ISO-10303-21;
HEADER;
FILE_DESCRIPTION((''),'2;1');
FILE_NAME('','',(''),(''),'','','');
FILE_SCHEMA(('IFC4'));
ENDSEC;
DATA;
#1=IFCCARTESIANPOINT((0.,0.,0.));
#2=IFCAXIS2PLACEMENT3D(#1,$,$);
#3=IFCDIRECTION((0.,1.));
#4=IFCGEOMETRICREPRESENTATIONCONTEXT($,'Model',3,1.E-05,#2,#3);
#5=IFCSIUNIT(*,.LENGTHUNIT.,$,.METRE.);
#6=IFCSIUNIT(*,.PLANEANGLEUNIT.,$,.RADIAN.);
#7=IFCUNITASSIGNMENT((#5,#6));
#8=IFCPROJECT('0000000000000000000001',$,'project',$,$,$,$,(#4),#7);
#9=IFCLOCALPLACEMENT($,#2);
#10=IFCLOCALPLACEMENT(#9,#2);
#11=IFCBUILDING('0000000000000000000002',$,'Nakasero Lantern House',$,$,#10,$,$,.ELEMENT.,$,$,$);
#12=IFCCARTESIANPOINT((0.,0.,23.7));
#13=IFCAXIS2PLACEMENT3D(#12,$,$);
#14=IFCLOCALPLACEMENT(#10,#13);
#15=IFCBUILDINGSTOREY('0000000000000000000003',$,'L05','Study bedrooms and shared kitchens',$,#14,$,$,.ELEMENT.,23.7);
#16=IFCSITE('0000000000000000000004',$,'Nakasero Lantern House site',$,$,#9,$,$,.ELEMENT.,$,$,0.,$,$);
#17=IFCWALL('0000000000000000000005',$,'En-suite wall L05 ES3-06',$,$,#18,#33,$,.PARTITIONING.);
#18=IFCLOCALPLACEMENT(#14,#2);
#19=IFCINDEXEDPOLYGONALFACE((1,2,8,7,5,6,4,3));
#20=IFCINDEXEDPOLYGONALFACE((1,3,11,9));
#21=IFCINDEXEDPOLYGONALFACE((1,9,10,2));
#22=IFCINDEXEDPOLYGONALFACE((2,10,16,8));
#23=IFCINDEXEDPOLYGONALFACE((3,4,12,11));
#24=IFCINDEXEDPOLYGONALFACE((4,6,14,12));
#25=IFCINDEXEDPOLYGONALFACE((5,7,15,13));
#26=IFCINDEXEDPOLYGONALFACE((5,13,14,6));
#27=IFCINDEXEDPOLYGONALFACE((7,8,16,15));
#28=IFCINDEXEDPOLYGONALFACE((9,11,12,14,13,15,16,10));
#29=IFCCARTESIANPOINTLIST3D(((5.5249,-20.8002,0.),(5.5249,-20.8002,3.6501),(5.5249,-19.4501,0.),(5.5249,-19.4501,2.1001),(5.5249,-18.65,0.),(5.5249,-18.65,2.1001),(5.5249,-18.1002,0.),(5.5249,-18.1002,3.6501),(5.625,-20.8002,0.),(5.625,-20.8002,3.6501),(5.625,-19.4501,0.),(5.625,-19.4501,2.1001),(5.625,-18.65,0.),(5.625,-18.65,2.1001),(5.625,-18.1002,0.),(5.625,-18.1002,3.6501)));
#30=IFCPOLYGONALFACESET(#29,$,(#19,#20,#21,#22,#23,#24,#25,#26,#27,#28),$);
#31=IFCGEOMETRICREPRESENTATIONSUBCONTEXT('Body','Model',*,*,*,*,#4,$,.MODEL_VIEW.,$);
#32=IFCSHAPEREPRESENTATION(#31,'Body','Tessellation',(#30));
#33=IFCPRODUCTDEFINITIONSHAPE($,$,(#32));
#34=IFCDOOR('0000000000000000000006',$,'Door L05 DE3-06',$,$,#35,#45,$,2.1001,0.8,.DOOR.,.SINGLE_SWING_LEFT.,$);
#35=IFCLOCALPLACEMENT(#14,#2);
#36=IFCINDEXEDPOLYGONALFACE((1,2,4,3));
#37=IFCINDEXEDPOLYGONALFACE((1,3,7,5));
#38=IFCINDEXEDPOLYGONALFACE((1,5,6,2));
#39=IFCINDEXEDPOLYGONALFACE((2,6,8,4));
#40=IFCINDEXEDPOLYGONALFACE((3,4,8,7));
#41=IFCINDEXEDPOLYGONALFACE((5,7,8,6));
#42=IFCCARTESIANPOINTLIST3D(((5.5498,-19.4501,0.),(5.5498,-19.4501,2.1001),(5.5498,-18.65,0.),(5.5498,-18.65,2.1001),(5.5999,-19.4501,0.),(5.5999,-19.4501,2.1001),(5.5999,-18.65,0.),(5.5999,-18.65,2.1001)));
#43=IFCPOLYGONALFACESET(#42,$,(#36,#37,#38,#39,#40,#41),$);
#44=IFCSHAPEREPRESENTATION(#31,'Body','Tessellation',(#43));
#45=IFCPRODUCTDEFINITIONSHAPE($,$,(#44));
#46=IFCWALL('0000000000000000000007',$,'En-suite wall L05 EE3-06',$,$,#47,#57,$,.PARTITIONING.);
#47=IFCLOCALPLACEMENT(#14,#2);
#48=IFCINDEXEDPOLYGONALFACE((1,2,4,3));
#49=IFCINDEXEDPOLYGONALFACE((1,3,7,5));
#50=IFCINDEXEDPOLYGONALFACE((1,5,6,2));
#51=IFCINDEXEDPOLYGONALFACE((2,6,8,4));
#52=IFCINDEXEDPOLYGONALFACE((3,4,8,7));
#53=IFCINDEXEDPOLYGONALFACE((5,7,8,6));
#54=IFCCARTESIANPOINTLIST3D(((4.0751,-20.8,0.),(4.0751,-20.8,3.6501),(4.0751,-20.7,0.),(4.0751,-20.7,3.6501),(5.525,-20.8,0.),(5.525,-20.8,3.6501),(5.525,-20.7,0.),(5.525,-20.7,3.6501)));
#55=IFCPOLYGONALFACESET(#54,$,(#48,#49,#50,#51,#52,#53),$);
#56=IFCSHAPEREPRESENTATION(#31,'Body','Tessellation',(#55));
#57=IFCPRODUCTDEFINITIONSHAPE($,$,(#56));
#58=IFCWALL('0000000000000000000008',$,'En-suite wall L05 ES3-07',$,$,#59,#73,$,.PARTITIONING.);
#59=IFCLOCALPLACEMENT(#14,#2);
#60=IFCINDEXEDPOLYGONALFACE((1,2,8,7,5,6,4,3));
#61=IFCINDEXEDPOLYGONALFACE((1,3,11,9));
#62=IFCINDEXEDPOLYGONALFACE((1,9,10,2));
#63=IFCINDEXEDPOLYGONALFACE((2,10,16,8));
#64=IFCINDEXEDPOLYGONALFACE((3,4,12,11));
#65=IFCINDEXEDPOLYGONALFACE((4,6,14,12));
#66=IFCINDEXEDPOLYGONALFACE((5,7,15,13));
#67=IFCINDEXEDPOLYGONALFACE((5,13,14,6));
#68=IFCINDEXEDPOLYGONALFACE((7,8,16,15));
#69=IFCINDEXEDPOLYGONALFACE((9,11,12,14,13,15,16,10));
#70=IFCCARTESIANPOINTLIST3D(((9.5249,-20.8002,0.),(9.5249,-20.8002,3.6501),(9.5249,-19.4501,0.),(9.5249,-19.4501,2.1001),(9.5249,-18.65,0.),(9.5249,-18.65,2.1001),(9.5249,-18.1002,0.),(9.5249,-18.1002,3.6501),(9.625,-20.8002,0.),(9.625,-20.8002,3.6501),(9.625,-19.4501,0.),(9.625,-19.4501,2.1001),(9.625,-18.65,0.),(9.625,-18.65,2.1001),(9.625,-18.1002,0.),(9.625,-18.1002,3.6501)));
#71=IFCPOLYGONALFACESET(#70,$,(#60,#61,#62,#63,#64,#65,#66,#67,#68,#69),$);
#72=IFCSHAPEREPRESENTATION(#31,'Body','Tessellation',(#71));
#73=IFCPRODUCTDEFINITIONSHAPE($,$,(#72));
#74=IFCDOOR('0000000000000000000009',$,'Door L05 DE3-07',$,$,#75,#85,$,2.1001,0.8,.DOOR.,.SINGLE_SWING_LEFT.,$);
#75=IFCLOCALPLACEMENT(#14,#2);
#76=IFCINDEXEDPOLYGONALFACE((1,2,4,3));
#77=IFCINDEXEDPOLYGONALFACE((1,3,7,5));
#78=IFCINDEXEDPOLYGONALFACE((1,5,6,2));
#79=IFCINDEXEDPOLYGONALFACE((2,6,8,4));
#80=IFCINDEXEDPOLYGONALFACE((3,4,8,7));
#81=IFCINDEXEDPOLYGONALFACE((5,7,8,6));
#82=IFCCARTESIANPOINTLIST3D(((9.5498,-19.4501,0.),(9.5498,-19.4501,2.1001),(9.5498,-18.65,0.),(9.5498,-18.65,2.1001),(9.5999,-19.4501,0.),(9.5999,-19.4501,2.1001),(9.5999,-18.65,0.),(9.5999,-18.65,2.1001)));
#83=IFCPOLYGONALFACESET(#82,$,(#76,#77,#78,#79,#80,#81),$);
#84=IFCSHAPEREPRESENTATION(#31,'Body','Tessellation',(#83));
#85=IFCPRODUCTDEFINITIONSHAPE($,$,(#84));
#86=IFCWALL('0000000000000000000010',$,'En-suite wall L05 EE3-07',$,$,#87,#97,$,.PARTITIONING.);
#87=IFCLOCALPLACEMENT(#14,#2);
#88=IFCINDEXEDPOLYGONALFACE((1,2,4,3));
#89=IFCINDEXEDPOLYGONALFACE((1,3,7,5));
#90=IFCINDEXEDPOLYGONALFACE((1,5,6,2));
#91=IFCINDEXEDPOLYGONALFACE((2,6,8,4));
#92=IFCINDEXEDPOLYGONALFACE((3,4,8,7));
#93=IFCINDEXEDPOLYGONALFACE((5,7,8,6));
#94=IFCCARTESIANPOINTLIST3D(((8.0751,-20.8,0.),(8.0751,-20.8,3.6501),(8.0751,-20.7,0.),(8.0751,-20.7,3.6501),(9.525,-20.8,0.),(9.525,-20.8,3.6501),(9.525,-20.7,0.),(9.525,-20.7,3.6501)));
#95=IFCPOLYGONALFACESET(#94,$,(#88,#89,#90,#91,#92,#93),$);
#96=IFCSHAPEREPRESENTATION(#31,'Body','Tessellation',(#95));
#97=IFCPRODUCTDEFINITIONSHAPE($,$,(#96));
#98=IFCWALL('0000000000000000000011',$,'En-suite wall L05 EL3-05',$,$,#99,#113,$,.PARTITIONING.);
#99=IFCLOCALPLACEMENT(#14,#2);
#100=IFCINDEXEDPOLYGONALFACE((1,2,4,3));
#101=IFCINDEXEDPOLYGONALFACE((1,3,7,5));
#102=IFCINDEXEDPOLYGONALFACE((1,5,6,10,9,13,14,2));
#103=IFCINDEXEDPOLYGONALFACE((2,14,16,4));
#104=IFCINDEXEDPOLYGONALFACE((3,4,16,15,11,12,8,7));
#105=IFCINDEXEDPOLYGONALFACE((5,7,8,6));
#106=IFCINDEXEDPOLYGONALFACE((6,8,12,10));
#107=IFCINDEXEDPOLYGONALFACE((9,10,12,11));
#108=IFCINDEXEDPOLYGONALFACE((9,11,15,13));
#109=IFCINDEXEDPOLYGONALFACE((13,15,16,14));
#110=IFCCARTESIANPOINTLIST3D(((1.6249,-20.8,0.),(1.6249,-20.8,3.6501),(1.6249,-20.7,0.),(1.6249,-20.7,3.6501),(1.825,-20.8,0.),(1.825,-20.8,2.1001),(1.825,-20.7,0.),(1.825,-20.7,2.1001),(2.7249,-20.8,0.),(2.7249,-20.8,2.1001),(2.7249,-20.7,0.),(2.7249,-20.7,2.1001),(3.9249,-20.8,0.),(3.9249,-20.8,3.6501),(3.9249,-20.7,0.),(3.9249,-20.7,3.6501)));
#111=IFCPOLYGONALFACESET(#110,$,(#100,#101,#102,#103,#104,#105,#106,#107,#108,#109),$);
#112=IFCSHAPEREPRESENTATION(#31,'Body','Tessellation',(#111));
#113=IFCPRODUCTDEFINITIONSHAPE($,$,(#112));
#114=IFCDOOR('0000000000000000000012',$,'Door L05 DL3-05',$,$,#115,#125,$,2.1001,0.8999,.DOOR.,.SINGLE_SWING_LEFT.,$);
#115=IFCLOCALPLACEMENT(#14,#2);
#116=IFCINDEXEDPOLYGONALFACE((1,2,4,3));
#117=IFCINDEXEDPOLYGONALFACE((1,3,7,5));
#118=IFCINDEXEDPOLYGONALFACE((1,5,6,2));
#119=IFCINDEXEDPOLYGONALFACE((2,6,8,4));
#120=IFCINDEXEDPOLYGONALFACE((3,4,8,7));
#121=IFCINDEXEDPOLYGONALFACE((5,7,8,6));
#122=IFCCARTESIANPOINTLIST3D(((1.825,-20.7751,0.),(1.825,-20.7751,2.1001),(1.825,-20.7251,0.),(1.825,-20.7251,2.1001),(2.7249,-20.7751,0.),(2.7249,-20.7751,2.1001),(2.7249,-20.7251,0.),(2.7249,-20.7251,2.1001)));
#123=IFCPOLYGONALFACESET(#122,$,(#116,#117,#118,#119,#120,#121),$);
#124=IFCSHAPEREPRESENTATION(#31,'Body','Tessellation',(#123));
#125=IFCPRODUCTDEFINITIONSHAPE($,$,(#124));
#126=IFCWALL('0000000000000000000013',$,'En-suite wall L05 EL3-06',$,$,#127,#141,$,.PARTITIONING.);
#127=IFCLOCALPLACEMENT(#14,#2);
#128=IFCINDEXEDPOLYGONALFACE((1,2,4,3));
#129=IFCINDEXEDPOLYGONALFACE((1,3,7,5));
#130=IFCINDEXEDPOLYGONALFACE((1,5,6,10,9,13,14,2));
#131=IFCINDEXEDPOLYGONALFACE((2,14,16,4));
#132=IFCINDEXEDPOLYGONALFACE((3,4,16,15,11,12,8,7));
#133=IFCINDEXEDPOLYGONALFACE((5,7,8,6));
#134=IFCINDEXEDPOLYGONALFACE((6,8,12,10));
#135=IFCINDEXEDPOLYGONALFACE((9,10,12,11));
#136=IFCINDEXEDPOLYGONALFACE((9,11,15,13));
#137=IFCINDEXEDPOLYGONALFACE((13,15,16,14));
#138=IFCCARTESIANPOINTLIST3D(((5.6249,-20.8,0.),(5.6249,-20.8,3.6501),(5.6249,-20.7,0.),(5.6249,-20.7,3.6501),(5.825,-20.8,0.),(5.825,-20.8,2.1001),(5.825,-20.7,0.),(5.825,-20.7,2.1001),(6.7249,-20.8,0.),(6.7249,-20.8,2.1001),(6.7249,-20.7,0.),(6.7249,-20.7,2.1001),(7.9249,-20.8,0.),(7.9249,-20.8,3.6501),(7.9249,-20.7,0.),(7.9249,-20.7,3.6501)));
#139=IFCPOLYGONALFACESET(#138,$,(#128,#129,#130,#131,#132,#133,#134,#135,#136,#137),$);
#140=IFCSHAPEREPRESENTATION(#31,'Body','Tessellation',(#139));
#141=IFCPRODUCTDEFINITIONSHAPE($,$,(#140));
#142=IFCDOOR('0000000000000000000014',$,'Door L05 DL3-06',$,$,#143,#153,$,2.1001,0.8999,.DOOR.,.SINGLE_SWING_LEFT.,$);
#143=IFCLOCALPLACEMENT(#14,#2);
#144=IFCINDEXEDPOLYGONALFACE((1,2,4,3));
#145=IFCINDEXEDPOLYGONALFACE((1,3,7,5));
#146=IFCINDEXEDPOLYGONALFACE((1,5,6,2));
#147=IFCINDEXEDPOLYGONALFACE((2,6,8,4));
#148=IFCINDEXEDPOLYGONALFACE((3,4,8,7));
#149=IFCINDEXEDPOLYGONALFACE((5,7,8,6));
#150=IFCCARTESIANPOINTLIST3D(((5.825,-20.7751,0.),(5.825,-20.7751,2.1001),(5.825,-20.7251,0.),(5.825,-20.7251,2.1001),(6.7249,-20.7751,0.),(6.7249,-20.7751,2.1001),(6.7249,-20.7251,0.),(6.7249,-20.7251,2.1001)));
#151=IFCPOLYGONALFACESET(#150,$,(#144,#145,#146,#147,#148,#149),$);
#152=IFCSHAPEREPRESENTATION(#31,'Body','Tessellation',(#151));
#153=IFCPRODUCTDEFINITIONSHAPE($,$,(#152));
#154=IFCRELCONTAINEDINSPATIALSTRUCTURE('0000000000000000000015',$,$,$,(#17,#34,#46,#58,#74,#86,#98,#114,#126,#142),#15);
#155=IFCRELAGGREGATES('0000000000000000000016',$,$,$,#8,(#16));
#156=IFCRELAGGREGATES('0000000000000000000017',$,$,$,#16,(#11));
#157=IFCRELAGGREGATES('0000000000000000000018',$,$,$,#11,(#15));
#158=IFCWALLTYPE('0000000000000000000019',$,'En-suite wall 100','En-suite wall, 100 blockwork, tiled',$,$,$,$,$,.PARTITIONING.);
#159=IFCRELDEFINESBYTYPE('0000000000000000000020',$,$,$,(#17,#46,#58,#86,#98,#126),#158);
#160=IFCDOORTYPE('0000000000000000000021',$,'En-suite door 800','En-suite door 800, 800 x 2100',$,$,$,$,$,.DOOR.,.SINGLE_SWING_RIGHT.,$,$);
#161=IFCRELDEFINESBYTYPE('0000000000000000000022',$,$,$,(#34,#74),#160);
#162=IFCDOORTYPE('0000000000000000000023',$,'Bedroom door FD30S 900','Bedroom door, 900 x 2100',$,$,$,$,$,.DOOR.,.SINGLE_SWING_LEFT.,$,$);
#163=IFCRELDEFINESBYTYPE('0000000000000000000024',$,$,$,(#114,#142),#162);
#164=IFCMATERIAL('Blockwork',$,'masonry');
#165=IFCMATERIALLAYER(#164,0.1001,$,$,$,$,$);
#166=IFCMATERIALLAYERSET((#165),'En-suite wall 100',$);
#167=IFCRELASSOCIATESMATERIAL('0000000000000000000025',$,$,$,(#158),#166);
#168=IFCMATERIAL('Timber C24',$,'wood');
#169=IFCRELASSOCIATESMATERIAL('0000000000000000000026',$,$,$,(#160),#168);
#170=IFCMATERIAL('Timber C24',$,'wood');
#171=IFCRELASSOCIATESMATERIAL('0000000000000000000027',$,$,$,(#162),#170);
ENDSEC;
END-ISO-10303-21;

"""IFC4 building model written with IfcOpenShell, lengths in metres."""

from ifc_helpers import new_model, si_unit, direction, frame, frame_2d, origin, place, context, subcontext, project, spatial, rectangle, extrude, material, layer, layer_set, type_object, element, fill, save


model = new_model("IFC4")

# Units and contexts
model_context = context("Model", 3, precision=1e-05, world=origin(), true_north=direction((0.0, 1.0)))
body_context = subcontext(model_context, "Body", "Model", "MODEL_VIEW")
ifc_project = project(units=[si_unit("LENGTHUNIT", "METRE"), si_unit("PLANEANGLEUNIT", "RADIAN")], contexts=[model_context])

# Site, building, storey
site_placement = place(None, origin())
site = spatial("IfcSite", under=ifc_project, at=site_placement, Name="Nakasero Lantern House site", CompositionType="ELEMENT", RefElevation=0.0)
building_placement = place(site_placement, origin())
building = spatial("IfcBuilding", under=site, at=building_placement, Name="Nakasero Lantern House", CompositionType="ELEMENT")
storey_placement = place(building_placement, frame((0.0, 0.0, 23.7)))
storey = spatial("IfcBuildingStorey", under=building, at=storey_placement, Name="L05", Description="Study bedrooms and shared kitchens", CompositionType="ELEMENT", Elevation=23.7)

# Shared definitions
ifc_material_1 = material(Name="Blockwork", Category="masonry")
ifc_layer_1 = layer(ifc_material_1, 0.1001)
ifc_layer_set_1 = layer_set([ifc_layer_1], Name="En-suite wall 100")
wall_type_1 = type_object("IfcWallType", Name="En-suite wall 100", Description="En-suite wall, 100 blockwork, tiled", PredefinedType="PARTITIONING", material=ifc_layer_set_1)
ifc_material_2 = material(Name="Timber C24", Category="wood")
door_type_1 = type_object("IfcDoorType", Name="En-suite door 800", Description="En-suite door 800, 800 x 2100", OperationType="SINGLE_SWING_RIGHT", PredefinedType="DOOR", material=ifc_material_2)

# Wall, opening, door
wall_1_placement = place(storey_placement, frame((5.575, -18.1001, 0.0), z_axis=(0.0, 0.0, 1.0), x_axis=(0.0, -1.0, 0.0)))
wall_1 = element("IfcWall", 1, at=wall_1_placement, inside=storey, type_object=wall_type_1, Name="En-suite wall L05 ES3-06", PredefinedType="PARTITIONING", context=body_context, shape_type="SweptSolid", body=[
    extrude(rectangle(XDim=2.7, YDim=0.1001, at=frame_2d((1.3501, 0.0))), origin(), (0.0, 0.0, 1.0), 3.6501),
])
opening_1_placement = place(wall_1_placement, frame((0.55, 0.0, 0.0)))
opening_1 = element("IfcOpeningElement", 2, at=opening_1_placement, cuts=wall_1, PredefinedType="OPENING", context=body_context, shape_type="SweptSolid", body=[
    extrude(rectangle(XDim=0.8, YDim=2.1001, at=frame_2d((0.3999, 1.05))), frame((0.0, 0.0701, 0.0), z_axis=(0.0, -1.0, 0.0), x_axis=(1.0, 0.0, 0.0)), (0.0, 0.0, 1.0), 0.1401),
])
door_1_placement = place(opening_1_placement, origin())
door_1 = element("IfcDoor", 3, at=door_1_placement, inside=storey, type_object=door_type_1, Name="Door L05 DE3-06", OperationType="SINGLE_SWING_LEFT", OverallHeight=2.1001, OverallWidth=0.8, PredefinedType="DOOR", context=body_context, shape_type="SweptSolid", body=[
    extrude(rectangle(XDim=0.8, YDim=2.1001, at=frame_2d((0.3999, 1.05))), frame((0.0, 0.0249, 0.0), z_axis=(0.0, -1.0, 0.0), x_axis=(1.0, 0.0, 0.0)), (0.0, 0.0, 1.0), 0.05),
])
fill(opening_1, door_1)

# Wall
wall_2_placement = place(storey_placement, frame((4.075, -20.75, 0.0), z_axis=(0.0, 0.0, 1.0), x_axis=(1.0, 0.0, 0.0)))
element("IfcWall", 4, at=wall_2_placement, inside=storey, type_object=wall_type_1, Name="En-suite wall L05 EE3-06", PredefinedType="PARTITIONING", context=body_context, shape_type="SweptSolid", body=[
    extrude(rectangle(XDim=1.45, YDim=0.1001, at=frame_2d((0.7251, 0.0))), origin(), (0.0, 0.0, 1.0), 3.6501),
])

# Wall, opening, door
wall_3_placement = place(storey_placement, frame((9.575, -18.1001, 0.0), z_axis=(0.0, 0.0, 1.0), x_axis=(0.0, -1.0, 0.0)))
wall_3 = element("IfcWall", 5, at=wall_3_placement, inside=storey, type_object=wall_type_1, Name="En-suite wall L05 ES3-07", PredefinedType="PARTITIONING", context=body_context, shape_type="SweptSolid", body=[
    extrude(rectangle(XDim=2.7, YDim=0.1001, at=frame_2d((1.3501, 0.0))), origin(), (0.0, 0.0, 1.0), 3.6501),
])
opening_2_placement = place(wall_3_placement, frame((0.55, 0.0, 0.0)))
opening_2 = element("IfcOpeningElement", 6, at=opening_2_placement, cuts=wall_3, PredefinedType="OPENING", context=body_context, shape_type="SweptSolid", body=[
    extrude(rectangle(XDim=0.8, YDim=2.1001, at=frame_2d((0.3999, 1.05))), frame((0.0, 0.0701, 0.0), z_axis=(0.0, -1.0, 0.0), x_axis=(1.0, 0.0, 0.0)), (0.0, 0.0, 1.0), 0.1401),
])
door_2_placement = place(opening_2_placement, origin())
door_2 = element("IfcDoor", 7, at=door_2_placement, inside=storey, type_object=door_type_1, Name="Door L05 DE3-07", OperationType="SINGLE_SWING_LEFT", OverallHeight=2.1001, OverallWidth=0.8, PredefinedType="DOOR", context=body_context, shape_type="SweptSolid", body=[
    extrude(rectangle(XDim=0.8, YDim=2.1001, at=frame_2d((0.3999, 1.05))), frame((0.0, 0.0249, 0.0), z_axis=(0.0, -1.0, 0.0), x_axis=(1.0, 0.0, 0.0)), (0.0, 0.0, 1.0), 0.05),
])
fill(opening_2, door_2)

# Wall
wall_4_placement = place(storey_placement, frame((8.075, -20.75, 0.0), z_axis=(0.0, 0.0, 1.0), x_axis=(1.0, 0.0, 0.0)))
element("IfcWall", 8, at=wall_4_placement, inside=storey, type_object=wall_type_1, Name="En-suite wall L05 EE3-07", PredefinedType="PARTITIONING", context=body_context, shape_type="SweptSolid", body=[
    extrude(rectangle(XDim=1.45, YDim=0.1001, at=frame_2d((0.7251, 0.0))), origin(), (0.0, 0.0, 1.0), 3.6501),
])

# Walls, openings, doors
wall_5_placement = place(storey_placement, frame((1.625, -20.75, 0.0), z_axis=(0.0, 0.0, 1.0), x_axis=(1.0, 0.0, 0.0)))
wall_5 = element("IfcWall", 9, at=wall_5_placement, inside=storey, type_object=wall_type_1, Name="En-suite wall L05 EL3-05", PredefinedType="PARTITIONING", context=body_context, shape_type="SweptSolid", body=[
    extrude(rectangle(XDim=2.3, YDim=0.1001, at=frame_2d((1.1499, 0.0))), origin(), (0.0, 0.0, 1.0), 3.6501),
])
opening_3_placement = place(wall_5_placement, frame((0.2, 0.0, 0.0)))
opening_3 = element("IfcOpeningElement", 10, at=opening_3_placement, cuts=wall_5, PredefinedType="OPENING", context=body_context, shape_type="SweptSolid", body=[
    extrude(rectangle(XDim=0.8999, YDim=2.1001, at=frame_2d((0.45, 1.05))), frame((0.0, 0.0701, 0.0), z_axis=(0.0, -1.0, 0.0), x_axis=(1.0, 0.0, 0.0)), (0.0, 0.0, 1.0), 0.1401),
])
ifc_material_3 = material(Name="Timber C24", Category="wood")
door_type_2 = type_object("IfcDoorType", Name="Bedroom door FD30S 900", Description="Bedroom door, 900 x 2100", OperationType="SINGLE_SWING_LEFT", PredefinedType="DOOR", material=ifc_material_3)
door_3_placement = place(opening_3_placement, origin())
door_3 = element("IfcDoor", 11, at=door_3_placement, inside=storey, type_object=door_type_2, Name="Door L05 DL3-05", OperationType="SINGLE_SWING_LEFT", OverallHeight=2.1001, OverallWidth=0.8999, PredefinedType="DOOR", context=body_context, shape_type="SweptSolid", body=[
    extrude(rectangle(XDim=0.8999, YDim=2.1001, at=frame_2d((0.45, 1.05))), frame((0.0, 0.0249, 0.0), z_axis=(0.0, -1.0, 0.0), x_axis=(1.0, 0.0, 0.0)), (0.0, 0.0, 1.0), 0.05),
])
fill(opening_3, door_3)
wall_6_placement = place(storey_placement, frame((5.625, -20.75, 0.0), z_axis=(0.0, 0.0, 1.0), x_axis=(1.0, 0.0, 0.0)))
wall_6 = element("IfcWall", 12, at=wall_6_placement, inside=storey, type_object=wall_type_1, Name="En-suite wall L05 EL3-06", PredefinedType="PARTITIONING", context=body_context, shape_type="SweptSolid", body=[
    extrude(rectangle(XDim=2.3, YDim=0.1001, at=frame_2d((1.1499, 0.0))), origin(), (0.0, 0.0, 1.0), 3.6501),
])
opening_4_placement = place(wall_6_placement, frame((0.2, 0.0, 0.0)))
opening_4 = element("IfcOpeningElement", 13, at=opening_4_placement, cuts=wall_6, PredefinedType="OPENING", context=body_context, shape_type="SweptSolid", body=[
    extrude(rectangle(XDim=0.8999, YDim=2.1001, at=frame_2d((0.45, 1.05))), frame((0.0, 0.0701, 0.0), z_axis=(0.0, -1.0, 0.0), x_axis=(1.0, 0.0, 0.0)), (0.0, 0.0, 1.0), 0.1401),
])
door_4_placement = place(opening_4_placement, origin())
door_4 = element("IfcDoor", 14, at=door_4_placement, inside=storey, type_object=door_type_2, Name="Door L05 DL3-06", OperationType="SINGLE_SWING_LEFT", OverallHeight=2.1001, OverallWidth=0.8999, PredefinedType="DOOR", context=body_context, shape_type="SweptSolid", body=[
    extrude(rectangle(XDim=0.8999, YDim=2.1001, at=frame_2d((0.45, 1.05))), frame((0.0, 0.0249, 0.0), z_axis=(0.0, -1.0, 0.0), x_axis=(1.0, 0.0, 0.0)), (0.0, 0.0, 1.0), 0.05),
])
fill(opening_4, door_4)

save(model, "model.ifc")
